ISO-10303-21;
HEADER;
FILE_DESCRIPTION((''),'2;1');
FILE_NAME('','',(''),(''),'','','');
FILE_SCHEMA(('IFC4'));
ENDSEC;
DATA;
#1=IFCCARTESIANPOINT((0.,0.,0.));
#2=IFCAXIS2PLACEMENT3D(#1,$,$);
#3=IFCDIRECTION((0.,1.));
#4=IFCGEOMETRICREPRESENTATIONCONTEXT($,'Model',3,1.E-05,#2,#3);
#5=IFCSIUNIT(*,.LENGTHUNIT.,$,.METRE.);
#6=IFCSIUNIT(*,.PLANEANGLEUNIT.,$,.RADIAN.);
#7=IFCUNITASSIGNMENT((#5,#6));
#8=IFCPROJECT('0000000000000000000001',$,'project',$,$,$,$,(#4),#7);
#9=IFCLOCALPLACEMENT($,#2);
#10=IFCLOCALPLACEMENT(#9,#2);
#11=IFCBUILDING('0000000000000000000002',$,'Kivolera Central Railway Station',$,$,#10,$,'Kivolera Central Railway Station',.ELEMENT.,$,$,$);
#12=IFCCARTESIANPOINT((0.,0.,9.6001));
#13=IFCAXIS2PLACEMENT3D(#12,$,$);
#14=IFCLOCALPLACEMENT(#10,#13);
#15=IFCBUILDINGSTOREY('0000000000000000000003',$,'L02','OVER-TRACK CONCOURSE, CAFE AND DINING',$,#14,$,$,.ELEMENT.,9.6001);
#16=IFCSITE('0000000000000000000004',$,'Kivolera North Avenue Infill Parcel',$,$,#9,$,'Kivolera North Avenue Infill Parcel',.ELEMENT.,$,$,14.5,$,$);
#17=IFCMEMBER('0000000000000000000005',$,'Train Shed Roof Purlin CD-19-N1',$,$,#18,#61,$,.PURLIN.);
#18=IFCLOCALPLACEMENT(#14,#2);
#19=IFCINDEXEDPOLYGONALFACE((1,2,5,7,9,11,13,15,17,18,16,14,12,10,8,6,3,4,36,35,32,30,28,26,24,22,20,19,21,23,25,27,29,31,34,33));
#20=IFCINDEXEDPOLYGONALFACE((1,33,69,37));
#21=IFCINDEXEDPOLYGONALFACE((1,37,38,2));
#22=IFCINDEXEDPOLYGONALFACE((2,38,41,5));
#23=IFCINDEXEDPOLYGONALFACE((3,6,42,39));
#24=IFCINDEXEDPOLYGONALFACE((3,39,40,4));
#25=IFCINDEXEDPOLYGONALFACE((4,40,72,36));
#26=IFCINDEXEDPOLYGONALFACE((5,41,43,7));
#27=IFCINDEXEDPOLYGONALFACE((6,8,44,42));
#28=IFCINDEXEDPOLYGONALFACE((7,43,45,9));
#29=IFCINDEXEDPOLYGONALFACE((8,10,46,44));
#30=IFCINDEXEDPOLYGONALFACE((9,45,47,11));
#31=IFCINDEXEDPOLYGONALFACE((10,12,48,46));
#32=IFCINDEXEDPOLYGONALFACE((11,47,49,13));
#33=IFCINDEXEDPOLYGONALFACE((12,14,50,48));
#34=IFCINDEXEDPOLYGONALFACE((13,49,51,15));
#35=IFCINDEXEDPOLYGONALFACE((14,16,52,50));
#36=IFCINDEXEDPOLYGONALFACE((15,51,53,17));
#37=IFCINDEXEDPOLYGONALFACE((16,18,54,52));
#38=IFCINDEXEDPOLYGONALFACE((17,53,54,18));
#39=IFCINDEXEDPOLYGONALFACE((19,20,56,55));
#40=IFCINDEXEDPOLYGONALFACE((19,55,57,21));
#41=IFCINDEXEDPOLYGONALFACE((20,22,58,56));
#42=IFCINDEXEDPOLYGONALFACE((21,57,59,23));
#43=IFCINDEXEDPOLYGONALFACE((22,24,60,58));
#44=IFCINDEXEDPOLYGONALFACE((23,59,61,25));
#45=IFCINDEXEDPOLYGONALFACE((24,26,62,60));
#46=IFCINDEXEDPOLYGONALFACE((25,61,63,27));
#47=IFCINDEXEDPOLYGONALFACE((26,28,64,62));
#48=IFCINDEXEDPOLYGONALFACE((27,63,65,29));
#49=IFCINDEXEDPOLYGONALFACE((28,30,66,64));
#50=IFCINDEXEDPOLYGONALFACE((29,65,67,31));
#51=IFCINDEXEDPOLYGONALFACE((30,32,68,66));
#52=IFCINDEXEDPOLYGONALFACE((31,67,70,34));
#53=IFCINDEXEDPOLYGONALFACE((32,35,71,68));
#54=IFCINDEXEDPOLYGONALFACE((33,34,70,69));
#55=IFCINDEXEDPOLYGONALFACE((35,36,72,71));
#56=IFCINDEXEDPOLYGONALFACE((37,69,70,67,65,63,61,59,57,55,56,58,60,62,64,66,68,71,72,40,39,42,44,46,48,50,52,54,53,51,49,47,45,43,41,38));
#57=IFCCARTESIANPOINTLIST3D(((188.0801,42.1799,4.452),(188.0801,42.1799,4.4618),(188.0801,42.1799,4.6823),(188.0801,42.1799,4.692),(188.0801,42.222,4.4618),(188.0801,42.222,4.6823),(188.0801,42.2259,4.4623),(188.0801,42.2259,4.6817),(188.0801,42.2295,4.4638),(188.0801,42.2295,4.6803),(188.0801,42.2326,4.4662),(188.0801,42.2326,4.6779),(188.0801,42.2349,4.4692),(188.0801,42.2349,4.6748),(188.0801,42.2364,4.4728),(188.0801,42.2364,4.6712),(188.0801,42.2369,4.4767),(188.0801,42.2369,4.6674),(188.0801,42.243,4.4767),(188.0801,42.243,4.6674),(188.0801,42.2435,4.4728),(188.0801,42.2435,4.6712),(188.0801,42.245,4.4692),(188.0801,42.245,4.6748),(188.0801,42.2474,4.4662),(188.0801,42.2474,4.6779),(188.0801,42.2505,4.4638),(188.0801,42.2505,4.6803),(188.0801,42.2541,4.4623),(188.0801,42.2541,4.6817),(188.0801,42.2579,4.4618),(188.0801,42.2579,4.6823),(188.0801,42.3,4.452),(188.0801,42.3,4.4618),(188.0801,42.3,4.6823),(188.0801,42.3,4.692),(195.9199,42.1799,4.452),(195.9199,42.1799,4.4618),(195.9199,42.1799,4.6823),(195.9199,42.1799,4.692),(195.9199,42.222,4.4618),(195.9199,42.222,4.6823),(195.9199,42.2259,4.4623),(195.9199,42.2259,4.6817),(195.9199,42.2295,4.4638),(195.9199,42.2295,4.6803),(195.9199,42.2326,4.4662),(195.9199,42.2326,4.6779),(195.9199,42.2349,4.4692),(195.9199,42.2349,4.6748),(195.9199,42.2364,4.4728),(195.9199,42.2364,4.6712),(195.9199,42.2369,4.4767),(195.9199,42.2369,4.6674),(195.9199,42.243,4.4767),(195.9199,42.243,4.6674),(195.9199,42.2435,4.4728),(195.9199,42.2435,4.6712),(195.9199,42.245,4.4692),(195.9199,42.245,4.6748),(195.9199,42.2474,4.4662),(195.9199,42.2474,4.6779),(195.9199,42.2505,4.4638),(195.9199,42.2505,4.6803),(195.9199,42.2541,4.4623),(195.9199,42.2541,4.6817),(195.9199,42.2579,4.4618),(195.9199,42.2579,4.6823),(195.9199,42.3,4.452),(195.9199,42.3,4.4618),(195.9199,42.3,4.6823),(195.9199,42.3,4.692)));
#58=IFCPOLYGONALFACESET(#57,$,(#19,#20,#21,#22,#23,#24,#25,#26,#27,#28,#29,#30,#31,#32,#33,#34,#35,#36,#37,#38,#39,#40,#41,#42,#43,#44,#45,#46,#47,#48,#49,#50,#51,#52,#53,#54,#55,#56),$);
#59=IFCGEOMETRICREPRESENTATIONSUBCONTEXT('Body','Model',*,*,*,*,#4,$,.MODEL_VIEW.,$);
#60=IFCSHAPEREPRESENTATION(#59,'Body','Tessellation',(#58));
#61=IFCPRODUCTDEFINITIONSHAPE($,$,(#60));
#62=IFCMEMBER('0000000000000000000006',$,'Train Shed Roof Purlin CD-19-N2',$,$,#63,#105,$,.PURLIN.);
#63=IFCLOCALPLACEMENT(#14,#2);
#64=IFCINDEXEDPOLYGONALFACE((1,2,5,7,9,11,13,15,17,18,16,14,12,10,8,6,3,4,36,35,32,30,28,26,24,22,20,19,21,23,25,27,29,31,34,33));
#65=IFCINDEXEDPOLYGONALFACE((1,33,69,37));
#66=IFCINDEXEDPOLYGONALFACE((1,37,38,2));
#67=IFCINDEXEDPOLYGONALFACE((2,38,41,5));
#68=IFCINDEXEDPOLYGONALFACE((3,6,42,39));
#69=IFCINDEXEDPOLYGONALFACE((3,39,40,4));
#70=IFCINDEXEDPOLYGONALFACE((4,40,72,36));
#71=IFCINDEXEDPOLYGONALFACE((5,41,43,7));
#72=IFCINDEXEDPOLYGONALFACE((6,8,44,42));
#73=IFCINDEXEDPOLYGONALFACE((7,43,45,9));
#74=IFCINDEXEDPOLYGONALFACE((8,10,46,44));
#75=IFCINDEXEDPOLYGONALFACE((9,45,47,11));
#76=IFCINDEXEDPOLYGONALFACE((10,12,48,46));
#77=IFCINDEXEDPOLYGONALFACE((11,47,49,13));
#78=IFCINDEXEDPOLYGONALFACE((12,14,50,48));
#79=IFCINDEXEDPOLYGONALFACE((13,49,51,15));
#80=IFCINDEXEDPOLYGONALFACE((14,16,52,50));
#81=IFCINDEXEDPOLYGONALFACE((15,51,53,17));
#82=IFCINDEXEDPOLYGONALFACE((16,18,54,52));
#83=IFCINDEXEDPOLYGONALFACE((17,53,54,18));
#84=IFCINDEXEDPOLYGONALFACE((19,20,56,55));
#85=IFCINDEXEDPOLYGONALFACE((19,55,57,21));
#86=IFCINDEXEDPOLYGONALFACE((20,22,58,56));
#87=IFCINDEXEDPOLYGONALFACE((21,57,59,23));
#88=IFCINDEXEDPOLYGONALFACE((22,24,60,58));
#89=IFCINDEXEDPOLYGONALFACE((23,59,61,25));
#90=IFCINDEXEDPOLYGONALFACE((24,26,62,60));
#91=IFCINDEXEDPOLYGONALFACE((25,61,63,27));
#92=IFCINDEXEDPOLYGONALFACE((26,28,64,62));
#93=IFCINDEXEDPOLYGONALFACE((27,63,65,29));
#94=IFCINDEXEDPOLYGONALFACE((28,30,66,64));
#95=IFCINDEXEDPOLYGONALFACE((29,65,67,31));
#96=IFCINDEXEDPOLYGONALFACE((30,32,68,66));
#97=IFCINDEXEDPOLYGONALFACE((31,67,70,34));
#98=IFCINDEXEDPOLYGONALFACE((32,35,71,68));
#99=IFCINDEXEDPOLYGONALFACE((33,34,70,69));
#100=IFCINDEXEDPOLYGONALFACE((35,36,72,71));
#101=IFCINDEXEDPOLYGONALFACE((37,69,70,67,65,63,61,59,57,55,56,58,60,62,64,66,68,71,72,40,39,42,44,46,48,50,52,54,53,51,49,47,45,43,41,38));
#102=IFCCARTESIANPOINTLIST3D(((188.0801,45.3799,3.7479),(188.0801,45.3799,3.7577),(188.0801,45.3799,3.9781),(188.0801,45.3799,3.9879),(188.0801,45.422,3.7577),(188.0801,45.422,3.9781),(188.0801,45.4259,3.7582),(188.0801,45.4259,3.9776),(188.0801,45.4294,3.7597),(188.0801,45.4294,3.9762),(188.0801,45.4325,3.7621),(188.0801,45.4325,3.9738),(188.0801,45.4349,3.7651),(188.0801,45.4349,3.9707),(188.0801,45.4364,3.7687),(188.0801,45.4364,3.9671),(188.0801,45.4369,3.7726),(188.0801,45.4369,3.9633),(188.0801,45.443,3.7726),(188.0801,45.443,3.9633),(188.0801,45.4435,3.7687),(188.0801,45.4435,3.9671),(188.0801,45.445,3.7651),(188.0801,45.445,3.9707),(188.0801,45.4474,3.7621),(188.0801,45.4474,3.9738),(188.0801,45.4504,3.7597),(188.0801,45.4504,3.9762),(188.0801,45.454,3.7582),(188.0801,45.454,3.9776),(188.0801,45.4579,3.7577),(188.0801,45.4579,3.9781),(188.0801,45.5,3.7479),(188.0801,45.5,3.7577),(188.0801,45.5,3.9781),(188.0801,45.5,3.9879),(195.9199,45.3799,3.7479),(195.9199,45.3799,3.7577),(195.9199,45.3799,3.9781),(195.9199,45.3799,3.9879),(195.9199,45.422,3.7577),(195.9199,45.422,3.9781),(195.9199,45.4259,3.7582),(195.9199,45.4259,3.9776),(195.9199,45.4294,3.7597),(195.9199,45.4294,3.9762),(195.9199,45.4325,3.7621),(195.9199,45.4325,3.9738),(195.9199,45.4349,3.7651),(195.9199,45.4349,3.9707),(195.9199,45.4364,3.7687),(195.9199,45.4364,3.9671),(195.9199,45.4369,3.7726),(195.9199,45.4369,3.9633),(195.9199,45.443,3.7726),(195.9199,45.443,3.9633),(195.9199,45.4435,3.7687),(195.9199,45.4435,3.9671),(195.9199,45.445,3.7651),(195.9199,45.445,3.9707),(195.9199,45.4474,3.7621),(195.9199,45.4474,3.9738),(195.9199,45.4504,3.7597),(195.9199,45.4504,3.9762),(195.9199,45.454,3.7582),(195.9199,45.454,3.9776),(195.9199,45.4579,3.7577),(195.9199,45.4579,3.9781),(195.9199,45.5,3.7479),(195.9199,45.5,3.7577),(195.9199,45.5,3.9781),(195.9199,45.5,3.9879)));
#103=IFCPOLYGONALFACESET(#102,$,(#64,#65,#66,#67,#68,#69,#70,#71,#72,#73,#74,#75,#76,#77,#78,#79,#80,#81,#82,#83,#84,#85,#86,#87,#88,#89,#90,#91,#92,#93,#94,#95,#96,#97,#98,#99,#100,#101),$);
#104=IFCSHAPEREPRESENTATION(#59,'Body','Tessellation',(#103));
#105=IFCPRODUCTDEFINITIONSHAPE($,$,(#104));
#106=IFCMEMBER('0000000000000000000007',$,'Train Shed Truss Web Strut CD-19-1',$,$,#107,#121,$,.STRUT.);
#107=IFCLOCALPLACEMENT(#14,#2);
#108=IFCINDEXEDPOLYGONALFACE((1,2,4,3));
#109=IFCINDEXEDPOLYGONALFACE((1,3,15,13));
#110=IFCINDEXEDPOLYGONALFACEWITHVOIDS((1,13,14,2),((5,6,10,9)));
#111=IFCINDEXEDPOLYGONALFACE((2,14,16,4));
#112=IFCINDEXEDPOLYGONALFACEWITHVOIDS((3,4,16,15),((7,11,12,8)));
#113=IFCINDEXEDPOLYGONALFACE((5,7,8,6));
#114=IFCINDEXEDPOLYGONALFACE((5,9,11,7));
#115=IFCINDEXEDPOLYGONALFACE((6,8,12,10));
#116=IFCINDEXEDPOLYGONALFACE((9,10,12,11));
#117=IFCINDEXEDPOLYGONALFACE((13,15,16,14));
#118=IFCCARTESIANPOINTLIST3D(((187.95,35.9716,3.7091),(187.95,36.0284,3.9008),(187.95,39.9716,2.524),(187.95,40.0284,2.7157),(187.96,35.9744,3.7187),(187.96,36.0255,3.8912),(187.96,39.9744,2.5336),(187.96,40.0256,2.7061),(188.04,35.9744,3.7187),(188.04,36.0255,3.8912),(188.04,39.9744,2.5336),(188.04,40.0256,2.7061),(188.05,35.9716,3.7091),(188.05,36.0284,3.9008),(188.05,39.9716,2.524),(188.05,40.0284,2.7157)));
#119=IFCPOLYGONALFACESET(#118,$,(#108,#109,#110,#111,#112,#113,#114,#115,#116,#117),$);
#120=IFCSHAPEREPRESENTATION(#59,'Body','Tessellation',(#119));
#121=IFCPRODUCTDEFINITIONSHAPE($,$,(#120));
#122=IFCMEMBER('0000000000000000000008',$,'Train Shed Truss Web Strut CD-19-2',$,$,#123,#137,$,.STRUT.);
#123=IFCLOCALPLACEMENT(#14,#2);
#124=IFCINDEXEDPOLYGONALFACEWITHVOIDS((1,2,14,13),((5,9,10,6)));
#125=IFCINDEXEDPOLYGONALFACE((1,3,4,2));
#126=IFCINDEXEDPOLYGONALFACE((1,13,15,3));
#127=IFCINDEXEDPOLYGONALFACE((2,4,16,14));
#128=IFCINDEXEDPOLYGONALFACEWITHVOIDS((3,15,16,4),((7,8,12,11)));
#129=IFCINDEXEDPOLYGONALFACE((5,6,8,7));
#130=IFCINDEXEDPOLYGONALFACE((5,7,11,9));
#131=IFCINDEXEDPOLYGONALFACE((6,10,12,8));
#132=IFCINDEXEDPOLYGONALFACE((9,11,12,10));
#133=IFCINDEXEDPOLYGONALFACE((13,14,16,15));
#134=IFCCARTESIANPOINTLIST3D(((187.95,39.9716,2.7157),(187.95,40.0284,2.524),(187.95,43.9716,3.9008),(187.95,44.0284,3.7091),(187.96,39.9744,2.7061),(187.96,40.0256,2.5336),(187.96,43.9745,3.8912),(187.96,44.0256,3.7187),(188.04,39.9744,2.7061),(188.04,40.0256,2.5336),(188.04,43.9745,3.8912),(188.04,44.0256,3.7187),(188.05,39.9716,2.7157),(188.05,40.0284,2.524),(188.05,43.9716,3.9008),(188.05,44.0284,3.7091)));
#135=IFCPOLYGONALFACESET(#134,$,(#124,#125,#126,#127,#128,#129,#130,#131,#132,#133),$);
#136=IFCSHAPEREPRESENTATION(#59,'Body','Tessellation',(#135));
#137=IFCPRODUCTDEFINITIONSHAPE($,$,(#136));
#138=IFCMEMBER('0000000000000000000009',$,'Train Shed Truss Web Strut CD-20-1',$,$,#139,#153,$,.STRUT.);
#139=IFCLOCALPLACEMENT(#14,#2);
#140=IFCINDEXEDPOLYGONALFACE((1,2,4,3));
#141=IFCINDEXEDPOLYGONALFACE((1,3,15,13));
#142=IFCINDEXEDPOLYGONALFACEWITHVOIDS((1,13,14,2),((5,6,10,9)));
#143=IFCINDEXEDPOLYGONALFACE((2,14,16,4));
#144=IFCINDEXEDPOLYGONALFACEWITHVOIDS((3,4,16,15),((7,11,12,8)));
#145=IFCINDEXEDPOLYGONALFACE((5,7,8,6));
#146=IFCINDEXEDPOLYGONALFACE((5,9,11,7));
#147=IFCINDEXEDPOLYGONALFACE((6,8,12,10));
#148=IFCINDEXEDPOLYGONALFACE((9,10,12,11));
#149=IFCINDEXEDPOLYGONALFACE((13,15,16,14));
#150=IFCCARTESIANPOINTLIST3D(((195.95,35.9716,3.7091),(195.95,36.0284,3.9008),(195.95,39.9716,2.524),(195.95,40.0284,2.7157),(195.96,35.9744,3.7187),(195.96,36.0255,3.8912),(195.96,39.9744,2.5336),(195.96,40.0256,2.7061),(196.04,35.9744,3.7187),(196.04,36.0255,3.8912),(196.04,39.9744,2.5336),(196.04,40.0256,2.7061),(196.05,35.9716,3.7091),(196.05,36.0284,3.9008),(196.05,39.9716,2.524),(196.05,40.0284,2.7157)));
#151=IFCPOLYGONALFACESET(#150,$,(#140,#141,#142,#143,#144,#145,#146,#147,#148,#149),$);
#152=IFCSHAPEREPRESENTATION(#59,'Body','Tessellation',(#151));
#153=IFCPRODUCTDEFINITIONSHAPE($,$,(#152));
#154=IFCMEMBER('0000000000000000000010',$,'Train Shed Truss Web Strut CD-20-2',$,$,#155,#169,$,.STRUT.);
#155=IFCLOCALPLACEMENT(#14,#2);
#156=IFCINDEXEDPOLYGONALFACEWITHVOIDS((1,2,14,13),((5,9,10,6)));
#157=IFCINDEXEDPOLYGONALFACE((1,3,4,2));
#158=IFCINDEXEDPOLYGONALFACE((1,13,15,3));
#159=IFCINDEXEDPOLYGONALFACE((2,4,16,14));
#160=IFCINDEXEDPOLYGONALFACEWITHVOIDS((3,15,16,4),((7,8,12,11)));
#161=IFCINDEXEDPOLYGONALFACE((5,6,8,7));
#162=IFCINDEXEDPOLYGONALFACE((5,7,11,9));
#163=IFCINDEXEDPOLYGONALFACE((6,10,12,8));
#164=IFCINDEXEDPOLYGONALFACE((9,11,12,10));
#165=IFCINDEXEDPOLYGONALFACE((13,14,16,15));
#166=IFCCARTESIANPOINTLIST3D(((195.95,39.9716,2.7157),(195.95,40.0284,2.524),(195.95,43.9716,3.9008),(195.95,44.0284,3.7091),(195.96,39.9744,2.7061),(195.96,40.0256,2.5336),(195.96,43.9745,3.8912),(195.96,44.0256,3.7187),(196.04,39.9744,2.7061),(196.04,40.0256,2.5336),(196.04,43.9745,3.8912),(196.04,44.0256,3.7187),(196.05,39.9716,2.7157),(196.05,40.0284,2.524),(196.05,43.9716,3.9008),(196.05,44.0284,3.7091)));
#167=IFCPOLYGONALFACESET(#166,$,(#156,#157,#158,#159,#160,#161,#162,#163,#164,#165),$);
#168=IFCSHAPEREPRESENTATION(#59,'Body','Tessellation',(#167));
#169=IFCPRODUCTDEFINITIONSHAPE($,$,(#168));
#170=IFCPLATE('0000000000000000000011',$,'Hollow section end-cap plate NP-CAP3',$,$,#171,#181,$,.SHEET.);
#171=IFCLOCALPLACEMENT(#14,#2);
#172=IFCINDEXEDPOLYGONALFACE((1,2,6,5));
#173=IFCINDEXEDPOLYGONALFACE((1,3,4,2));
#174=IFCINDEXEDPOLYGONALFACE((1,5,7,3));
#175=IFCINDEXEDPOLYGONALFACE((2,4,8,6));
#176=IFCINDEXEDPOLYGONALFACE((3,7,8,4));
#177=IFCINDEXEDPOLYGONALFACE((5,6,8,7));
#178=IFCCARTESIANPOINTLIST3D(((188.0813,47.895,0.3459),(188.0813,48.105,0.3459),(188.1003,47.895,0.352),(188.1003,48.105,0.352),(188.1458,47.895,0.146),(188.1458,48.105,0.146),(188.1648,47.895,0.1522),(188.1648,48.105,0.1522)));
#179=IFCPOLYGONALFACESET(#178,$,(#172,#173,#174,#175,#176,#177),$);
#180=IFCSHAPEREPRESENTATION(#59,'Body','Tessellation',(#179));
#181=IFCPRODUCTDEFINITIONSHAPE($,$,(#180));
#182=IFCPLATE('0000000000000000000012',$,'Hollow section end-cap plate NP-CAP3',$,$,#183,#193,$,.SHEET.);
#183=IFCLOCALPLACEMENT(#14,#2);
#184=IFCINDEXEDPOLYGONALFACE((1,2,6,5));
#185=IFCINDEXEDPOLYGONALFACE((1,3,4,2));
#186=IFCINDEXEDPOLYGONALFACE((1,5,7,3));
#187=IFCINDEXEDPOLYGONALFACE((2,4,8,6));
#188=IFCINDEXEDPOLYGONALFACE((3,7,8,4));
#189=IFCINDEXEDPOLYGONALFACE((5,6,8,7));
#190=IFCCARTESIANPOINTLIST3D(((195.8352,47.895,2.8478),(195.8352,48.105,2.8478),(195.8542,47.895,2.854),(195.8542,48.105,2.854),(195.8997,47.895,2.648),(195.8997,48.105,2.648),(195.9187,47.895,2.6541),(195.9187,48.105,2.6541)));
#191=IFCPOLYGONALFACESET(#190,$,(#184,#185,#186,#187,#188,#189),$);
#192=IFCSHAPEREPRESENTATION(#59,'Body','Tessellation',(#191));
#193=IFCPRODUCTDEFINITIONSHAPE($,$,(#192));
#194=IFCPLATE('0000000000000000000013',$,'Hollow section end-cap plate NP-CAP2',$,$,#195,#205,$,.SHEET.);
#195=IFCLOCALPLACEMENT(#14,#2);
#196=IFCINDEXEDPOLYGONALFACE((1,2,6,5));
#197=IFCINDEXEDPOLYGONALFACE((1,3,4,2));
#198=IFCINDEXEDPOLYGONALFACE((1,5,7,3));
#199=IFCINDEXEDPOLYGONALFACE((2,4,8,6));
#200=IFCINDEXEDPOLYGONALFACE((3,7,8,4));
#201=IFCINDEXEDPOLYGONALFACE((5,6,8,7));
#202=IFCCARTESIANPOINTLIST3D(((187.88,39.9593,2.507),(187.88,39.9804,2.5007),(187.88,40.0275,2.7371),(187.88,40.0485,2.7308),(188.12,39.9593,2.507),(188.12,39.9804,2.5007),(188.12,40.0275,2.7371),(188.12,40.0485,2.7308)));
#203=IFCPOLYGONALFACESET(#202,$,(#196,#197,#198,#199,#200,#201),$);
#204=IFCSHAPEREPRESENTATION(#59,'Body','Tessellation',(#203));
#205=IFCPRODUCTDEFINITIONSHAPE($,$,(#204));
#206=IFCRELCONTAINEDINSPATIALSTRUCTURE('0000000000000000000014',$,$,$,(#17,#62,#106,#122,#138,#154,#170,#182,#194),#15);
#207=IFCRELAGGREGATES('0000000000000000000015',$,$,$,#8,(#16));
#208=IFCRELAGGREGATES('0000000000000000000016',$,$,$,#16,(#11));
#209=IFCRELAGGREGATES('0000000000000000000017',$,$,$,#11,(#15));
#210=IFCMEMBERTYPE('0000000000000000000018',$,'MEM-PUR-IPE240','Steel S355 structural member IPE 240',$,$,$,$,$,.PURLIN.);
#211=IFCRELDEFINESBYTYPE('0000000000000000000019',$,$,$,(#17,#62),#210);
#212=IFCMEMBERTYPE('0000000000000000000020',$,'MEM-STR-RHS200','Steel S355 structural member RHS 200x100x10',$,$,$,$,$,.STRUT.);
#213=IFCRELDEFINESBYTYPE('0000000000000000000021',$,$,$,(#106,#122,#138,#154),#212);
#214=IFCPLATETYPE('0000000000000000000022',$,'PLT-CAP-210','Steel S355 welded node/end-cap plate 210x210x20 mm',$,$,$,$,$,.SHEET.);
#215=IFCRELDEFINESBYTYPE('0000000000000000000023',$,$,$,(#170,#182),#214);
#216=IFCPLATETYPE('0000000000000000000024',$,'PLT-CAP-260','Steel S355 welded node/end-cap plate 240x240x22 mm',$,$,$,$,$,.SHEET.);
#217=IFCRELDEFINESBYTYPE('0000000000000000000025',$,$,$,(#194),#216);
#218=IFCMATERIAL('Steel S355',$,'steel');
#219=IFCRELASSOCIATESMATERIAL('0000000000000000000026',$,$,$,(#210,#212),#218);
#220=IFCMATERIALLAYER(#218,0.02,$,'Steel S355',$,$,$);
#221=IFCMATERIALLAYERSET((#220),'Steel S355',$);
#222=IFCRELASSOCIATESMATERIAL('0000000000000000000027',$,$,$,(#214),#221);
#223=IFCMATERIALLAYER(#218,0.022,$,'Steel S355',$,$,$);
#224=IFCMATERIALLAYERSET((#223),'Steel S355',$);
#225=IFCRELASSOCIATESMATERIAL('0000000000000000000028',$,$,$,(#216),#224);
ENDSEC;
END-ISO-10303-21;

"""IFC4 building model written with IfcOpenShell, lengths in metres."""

from ifc_helpers import new_model, si_unit, direction, frame, origin, origin_2d, place, context, subcontext, project, spatial, rectangle, hollow_rectangle, i_section, extrude, material, layer, layer_set, material_profile, profile_set, type_object, element, save


model = new_model("IFC4")

# Units and contexts
model_context = context("Model", 3, precision=1e-05, world=origin(), true_north=direction((0.0, 1.0)))
body_context = subcontext(model_context, "Body", "Model", "MODEL_VIEW")
ifc_project = project(units=[si_unit("LENGTHUNIT", "METRE"), si_unit("PLANEANGLEUNIT", "RADIAN")], contexts=[model_context])

# Site, building, storey
site_placement = place(None, origin())
site = spatial("IfcSite", under=ifc_project, at=site_placement, Name="Kivolera North Avenue Infill Parcel", LongName="Kivolera North Avenue Infill Parcel", CompositionType="ELEMENT", RefElevation=14.5)
building_placement = place(site_placement, origin())
building = spatial("IfcBuilding", under=site, at=building_placement, Name="Kivolera Central Railway Station", LongName="Kivolera Central Railway Station", CompositionType="ELEMENT")
storey_placement = place(building_placement, frame((0.0, 0.0, 9.6001)))
storey = spatial("IfcBuildingStorey", under=building, at=storey_placement, Name="L02", Description="OVER-TRACK CONCOURSE, CAFE AND DINING", CompositionType="ELEMENT", Elevation=9.6001)

# Shared definitions
ifc_material_1 = material(Name="Steel S355", Category="steel")

# Members
ifc_material_profile_1 = material_profile(ifc_material_1, i_section(OverallWidth=0.1201, OverallDepth=0.24, WebThickness=0.0061, FlangeThickness=0.0098, FilletRadius=0.0149, at=origin_2d()), Name="IPE 240")
ifc_profile_set_1 = profile_set([ifc_material_profile_1], Name="Steel S355")
member_type_1 = type_object("IfcMemberType", Name="MEM-PUR-IPE240", Description="Steel S355 structural member IPE 240", PredefinedType="PURLIN", material=ifc_profile_set_1)
for number, where, z_axis, x_axis, name in (
    (1, (188.0801, 42.24, 4.572), (1.0, 0.0, 0.0), (0.0, 1.0, 0.0), "Train Shed Roof Purlin CD-19-N1"),
    (2, (188.0801, 45.4399, 3.8679), (1.0, 0.0, 0.0), (0.0, 1.0, 0.0), "Train Shed Roof Purlin CD-19-N2"),
):
    element("IfcMember", number, at=place(storey_placement, frame(where, z_axis=z_axis, x_axis=x_axis)), inside=storey, type_object=member_type_1, Name=name, PredefinedType="PURLIN", context=body_context, shape_type="SweptSolid", body=[
        extrude(i_section(OverallWidth=0.1201, OverallDepth=0.24, WebThickness=0.0061, FlangeThickness=0.0098, FilletRadius=0.0149, at=origin_2d()), origin(), (0.0, 0.0, 1.0), 7.8398),
    ])
ifc_material_profile_2 = material_profile(ifc_material_1, hollow_rectangle(XDim=0.1001, YDim=0.2, WallThickness=0.01, at=origin_2d()), Name="RHS 200x100x10")
ifc_profile_set_2 = profile_set([ifc_material_profile_2], Name="Steel S355")
member_type_2 = type_object("IfcMemberType", Name="MEM-STR-RHS200", Description="Steel S355 structural member RHS 200x100x10", PredefinedType="STRUT", material=ifc_profile_set_2)
for number, where, z_axis, x_axis, name in (
    (3, (188.0, 40.0, 2.6199), (0.0, -0.958806, 0.28406), (1.0, 0.0, 0.0), "Train Shed Truss Web Strut CD-19-1"),
    (4, (188.0, 40.0, 2.6199), (0.0, 0.958806, 0.28406), (-1.0, 0.0, 0.0), "Train Shed Truss Web Strut CD-19-2"),
    (5, (196.0, 40.0, 2.6199), (0.0, -0.958806, 0.28406), (1.0, 0.0, 0.0), "Train Shed Truss Web Strut CD-20-1"),
    (6, (196.0, 40.0, 2.6199), (0.0, 0.958806, 0.28406), (-1.0, 0.0, 0.0), "Train Shed Truss Web Strut CD-20-2"),
):
    element("IfcMember", number, at=place(storey_placement, frame(where, z_axis=z_axis, x_axis=x_axis)), inside=storey, type_object=member_type_2, Name=name, PredefinedType="STRUT", context=body_context, shape_type="SweptSolid", body=[
        extrude(hollow_rectangle(XDim=0.1001, YDim=0.2, WallThickness=0.01, at=origin_2d()), origin(), (0.0, 0.0, 1.0), 4.1719),
    ])

# Plates
ifc_layer_1 = layer(ifc_material_1, 0.02, Name="Steel S355")
ifc_layer_set_1 = layer_set([ifc_layer_1], Name="Steel S355")
plate_type_1 = type_object("IfcPlateType", Name="PLT-CAP-210", Description="Steel S355 welded node/end-cap plate 210x210x20 mm", PredefinedType="SHEET", material=ifc_layer_set_1)
for number, where, z_axis, x_axis, name in (
    (7, (188.123, 48.0, 0.249), (0.951662, 0.0, 0.307146), (0.0, 1.0, 0.0), "Hollow section end-cap plate NP-CAP3"),
    (8, (195.877, 48.0, 2.751), (0.951662, 0.0, 0.307146), (0.0, 1.0, 0.0), "Hollow section end-cap plate NP-CAP3"),
):
    element("IfcPlate", number, at=place(storey_placement, frame(where, z_axis=z_axis, x_axis=x_axis)), inside=storey, type_object=plate_type_1, Name=name, PredefinedType="SHEET", context=body_context, shape_type="SweptSolid", body=[
        extrude(rectangle(XDim=0.21, YDim=0.21, at=origin_2d()), frame((0.0, 0.0, -0.01)), (0.0, 0.0, 1.0), 0.02),
    ])
ifc_layer_2 = layer(ifc_material_1, 0.022, Name="Steel S355")
ifc_layer_set_2 = layer_set([ifc_layer_2], Name="Steel S355")
plate_type_2 = type_object("IfcPlateType", Name="PLT-CAP-260", Description="Steel S355 welded node/end-cap plate 240x240x22 mm", PredefinedType="SHEET", material=ifc_layer_set_2)
for number, where, z_axis, x_axis, name in (
    (9, (188.0, 40.0039, 2.6189), (0.0, -0.95881, 0.284048), (1.0, 0.0, 0.0), "Hollow section end-cap plate NP-CAP2"),
):
    element("IfcPlate", number, at=place(storey_placement, frame(where, z_axis=z_axis, x_axis=x_axis)), inside=storey, type_object=plate_type_2, Name=name, PredefinedType="SHEET", context=body_context, shape_type="SweptSolid", body=[
        extrude(rectangle(XDim=0.24, YDim=0.24, at=origin_2d()), frame((0.0, 0.0, -0.011)), (0.0, 0.0, 1.0), 0.022),
    ])

save(model, "model.ifc")
